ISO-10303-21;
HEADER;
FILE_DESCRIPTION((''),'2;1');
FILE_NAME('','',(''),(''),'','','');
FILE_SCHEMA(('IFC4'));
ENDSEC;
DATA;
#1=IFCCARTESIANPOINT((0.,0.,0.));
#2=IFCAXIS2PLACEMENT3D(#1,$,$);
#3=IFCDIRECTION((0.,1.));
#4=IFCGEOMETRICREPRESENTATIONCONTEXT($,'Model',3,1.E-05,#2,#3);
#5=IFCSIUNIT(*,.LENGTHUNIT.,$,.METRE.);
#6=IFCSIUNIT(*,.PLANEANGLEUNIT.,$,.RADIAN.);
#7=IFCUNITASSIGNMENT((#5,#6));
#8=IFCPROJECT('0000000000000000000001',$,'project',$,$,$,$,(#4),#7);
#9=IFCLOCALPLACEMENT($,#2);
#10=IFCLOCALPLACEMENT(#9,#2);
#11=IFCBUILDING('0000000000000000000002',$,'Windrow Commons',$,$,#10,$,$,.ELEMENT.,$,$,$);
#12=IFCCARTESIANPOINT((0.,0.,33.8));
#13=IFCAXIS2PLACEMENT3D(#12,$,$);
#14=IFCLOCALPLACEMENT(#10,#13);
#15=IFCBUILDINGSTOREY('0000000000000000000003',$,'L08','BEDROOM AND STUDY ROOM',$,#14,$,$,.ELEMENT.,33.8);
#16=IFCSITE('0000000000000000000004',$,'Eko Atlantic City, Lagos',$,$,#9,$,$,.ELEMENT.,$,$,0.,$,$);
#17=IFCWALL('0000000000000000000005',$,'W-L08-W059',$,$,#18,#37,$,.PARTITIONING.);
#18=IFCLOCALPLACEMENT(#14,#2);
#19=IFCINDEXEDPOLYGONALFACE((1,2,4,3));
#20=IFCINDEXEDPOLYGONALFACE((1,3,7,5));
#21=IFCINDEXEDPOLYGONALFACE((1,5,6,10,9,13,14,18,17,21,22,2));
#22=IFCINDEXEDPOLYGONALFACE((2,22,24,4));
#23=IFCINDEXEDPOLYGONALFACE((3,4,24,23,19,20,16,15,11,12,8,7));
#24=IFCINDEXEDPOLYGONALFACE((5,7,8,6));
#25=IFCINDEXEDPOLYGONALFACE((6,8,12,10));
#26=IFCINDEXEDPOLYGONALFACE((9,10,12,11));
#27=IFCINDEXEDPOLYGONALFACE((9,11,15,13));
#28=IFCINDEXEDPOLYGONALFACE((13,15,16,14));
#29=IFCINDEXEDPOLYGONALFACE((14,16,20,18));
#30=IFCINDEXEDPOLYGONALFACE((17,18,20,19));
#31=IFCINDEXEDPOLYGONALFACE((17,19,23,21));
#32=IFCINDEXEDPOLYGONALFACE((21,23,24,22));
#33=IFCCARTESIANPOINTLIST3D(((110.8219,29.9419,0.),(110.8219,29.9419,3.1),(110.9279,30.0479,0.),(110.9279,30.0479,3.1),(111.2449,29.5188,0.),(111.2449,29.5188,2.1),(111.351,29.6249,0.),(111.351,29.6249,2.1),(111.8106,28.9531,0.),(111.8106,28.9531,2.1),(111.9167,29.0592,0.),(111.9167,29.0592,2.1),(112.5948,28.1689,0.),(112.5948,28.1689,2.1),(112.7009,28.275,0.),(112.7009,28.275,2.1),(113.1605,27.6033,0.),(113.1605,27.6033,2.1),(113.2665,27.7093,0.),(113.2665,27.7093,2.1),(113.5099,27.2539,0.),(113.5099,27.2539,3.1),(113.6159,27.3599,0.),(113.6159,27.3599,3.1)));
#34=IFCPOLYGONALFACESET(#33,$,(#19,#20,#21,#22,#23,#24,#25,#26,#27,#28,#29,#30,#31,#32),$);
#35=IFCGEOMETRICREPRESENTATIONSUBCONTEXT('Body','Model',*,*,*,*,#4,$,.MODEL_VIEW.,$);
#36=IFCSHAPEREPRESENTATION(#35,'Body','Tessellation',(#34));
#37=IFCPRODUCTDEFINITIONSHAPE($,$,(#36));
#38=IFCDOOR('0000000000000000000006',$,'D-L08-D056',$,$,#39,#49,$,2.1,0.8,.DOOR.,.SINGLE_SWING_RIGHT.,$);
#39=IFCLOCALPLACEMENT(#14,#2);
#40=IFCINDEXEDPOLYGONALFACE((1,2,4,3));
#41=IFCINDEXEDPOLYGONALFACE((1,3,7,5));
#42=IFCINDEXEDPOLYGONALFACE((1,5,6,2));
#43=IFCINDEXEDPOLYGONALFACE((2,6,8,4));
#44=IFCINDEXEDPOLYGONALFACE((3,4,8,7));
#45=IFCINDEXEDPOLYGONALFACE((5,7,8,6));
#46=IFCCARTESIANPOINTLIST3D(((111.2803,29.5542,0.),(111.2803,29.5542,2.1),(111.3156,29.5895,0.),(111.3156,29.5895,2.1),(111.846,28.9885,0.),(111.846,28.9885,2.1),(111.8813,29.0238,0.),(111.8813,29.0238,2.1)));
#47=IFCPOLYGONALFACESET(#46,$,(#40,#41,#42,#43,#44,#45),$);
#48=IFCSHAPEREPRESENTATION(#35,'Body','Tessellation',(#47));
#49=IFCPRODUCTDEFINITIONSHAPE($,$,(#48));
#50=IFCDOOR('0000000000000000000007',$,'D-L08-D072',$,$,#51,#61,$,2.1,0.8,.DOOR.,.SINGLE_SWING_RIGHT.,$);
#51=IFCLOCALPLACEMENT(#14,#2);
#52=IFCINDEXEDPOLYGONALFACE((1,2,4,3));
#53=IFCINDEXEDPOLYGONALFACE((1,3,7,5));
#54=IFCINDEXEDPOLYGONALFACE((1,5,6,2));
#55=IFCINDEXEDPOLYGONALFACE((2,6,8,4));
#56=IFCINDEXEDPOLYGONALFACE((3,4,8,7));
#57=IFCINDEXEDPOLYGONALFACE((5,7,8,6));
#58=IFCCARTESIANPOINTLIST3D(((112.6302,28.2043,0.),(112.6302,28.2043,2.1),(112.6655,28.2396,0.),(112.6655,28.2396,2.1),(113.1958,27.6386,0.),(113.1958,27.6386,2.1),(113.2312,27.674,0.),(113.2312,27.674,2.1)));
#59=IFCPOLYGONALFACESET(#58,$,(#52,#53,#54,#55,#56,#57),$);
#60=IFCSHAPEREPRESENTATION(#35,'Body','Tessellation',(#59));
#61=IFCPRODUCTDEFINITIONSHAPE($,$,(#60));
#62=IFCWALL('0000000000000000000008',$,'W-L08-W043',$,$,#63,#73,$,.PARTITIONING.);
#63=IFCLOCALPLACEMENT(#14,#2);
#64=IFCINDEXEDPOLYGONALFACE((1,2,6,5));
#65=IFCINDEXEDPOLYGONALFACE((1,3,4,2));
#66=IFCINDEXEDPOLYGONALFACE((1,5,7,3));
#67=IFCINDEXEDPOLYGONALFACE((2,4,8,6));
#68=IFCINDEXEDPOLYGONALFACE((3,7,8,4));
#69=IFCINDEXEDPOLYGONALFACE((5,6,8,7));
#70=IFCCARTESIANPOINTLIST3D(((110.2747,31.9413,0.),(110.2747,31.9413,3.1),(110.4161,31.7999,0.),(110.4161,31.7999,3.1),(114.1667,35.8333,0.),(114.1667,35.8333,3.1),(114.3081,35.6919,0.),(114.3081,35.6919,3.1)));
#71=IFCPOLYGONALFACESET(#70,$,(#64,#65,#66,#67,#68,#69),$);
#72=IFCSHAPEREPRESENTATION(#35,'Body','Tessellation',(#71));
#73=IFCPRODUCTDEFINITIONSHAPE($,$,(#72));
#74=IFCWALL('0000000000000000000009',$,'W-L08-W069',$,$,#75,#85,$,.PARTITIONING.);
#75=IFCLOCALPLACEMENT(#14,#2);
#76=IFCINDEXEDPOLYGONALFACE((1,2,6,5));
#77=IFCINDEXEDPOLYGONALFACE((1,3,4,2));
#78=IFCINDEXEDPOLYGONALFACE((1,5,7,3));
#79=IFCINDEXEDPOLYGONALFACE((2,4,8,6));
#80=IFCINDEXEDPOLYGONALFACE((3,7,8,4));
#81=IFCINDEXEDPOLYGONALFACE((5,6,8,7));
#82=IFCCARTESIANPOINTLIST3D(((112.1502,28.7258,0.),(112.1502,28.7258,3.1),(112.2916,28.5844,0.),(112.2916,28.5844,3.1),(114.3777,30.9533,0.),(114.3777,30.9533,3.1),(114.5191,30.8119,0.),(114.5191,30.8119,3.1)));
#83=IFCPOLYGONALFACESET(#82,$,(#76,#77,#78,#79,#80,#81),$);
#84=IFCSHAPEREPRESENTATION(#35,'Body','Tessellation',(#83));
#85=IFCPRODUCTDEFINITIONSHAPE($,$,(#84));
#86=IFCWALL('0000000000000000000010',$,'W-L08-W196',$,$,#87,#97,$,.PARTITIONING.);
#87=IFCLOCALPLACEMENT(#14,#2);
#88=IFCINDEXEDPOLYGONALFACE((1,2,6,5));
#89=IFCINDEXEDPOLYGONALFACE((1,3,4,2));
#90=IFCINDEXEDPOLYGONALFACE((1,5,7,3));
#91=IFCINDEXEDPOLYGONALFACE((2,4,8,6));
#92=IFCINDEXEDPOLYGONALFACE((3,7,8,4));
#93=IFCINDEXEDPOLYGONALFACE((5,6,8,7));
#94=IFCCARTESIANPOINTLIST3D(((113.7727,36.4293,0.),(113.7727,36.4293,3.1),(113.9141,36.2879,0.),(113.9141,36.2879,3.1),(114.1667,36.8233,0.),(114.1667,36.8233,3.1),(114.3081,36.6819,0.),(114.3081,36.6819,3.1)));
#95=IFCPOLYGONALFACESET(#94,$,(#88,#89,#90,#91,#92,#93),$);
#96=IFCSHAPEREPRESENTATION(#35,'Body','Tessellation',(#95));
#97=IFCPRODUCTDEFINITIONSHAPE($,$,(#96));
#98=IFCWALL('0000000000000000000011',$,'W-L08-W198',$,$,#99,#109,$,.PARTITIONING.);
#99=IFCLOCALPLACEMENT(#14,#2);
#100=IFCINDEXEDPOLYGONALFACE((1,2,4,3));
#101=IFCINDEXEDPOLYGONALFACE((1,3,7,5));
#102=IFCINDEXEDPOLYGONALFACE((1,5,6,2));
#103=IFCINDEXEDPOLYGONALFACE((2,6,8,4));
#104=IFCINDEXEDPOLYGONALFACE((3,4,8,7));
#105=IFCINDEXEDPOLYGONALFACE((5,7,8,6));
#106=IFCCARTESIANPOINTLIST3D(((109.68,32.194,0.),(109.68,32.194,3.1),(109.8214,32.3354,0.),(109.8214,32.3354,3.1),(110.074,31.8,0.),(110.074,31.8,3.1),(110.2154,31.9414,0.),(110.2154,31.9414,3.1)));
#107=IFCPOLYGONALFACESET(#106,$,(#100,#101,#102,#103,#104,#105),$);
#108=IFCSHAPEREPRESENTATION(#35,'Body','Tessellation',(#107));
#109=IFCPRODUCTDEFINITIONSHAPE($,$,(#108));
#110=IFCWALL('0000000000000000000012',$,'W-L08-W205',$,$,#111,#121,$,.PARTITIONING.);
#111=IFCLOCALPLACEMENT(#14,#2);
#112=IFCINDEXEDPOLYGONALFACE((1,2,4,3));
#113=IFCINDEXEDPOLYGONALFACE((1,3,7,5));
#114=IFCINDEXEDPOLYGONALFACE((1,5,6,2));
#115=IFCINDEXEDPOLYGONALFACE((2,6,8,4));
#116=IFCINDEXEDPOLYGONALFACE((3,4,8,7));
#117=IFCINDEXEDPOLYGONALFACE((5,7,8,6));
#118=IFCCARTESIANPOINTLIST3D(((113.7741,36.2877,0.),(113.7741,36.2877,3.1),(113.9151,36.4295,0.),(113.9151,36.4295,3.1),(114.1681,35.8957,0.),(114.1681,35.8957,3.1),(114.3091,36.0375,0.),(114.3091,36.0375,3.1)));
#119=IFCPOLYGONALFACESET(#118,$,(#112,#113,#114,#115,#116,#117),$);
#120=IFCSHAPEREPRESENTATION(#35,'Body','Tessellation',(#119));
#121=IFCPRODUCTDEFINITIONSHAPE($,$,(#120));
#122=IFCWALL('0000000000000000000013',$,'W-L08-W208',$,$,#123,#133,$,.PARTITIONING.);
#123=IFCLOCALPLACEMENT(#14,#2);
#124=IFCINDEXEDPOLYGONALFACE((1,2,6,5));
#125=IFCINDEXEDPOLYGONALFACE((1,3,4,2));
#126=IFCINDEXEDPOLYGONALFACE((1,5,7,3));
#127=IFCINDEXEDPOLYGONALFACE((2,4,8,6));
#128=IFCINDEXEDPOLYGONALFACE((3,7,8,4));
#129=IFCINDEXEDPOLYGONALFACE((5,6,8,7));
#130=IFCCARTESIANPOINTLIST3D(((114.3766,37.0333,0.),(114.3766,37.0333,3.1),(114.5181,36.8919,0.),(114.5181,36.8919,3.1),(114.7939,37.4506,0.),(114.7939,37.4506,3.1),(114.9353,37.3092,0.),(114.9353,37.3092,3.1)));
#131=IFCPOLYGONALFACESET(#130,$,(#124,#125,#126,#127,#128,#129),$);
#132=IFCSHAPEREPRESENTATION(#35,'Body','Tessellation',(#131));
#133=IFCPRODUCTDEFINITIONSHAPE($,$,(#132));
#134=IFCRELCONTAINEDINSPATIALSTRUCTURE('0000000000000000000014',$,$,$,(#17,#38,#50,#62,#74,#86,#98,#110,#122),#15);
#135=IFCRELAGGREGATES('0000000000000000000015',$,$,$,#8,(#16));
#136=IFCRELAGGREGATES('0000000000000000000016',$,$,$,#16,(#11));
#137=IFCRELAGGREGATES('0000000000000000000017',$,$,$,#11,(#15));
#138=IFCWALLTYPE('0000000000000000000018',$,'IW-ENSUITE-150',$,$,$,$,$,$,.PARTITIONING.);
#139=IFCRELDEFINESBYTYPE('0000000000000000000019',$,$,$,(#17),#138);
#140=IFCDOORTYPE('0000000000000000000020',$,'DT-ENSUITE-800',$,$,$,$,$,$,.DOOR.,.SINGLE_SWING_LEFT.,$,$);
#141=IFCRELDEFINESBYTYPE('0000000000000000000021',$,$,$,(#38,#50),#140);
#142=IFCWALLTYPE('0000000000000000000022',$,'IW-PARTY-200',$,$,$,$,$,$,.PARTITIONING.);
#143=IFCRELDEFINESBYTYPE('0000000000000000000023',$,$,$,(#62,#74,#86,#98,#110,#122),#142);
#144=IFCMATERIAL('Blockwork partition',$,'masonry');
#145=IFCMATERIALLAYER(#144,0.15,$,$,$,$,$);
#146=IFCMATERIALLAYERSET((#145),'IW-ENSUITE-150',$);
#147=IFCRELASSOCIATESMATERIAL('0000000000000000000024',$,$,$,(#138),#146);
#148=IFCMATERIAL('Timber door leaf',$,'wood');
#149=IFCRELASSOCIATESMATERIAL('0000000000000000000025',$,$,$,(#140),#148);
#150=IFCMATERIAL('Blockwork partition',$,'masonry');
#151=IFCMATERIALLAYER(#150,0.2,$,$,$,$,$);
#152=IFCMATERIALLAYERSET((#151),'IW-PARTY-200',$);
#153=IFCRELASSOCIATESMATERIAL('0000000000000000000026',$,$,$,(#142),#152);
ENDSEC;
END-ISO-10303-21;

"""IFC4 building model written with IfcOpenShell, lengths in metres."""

from ifc_helpers import new_model, si_unit, direction, frame, frame_2d, origin, place, context, subcontext, project, spatial, rectangle, extrude, material, layer, layer_set, type_object, element, fill, save


model = new_model("IFC4")

# Units and contexts
model_context = context("Model", 3, precision=1e-05, world=origin(), true_north=direction((0.0, 1.0)))
body_context = subcontext(model_context, "Body", "Model", "MODEL_VIEW")
ifc_project = project(units=[si_unit("LENGTHUNIT", "METRE"), si_unit("PLANEANGLEUNIT", "RADIAN")], contexts=[model_context])

# Site, building, storey
site_placement = place(None, origin())
site = spatial("IfcSite", under=ifc_project, at=site_placement, Name="Eko Atlantic City, Lagos", CompositionType="ELEMENT", RefElevation=0.0)
building_placement = place(site_placement, origin())
building = spatial("IfcBuilding", under=site, at=building_placement, Name="Windrow Commons", CompositionType="ELEMENT")
storey_placement = place(building_placement, frame((0.0, 0.0, 33.8)))
storey = spatial("IfcBuildingStorey", under=building, at=storey_placement, Name="L08", Description="BEDROOM AND STUDY ROOM", CompositionType="ELEMENT", Elevation=33.8)

# Wall, openings, doors
ifc_material_1 = material(Name="Blockwork partition", Category="masonry")
ifc_layer_1 = layer(ifc_material_1, 0.15)
ifc_layer_set_1 = layer_set([ifc_layer_1], Name="IW-ENSUITE-150")
wall_type_1 = type_object("IfcWallType", Name="IW-ENSUITE-150", PredefinedType="PARTITIONING", material=ifc_layer_set_1)
wall_1_placement = place(storey_placement, frame((110.8749, 29.9949, 0.0), z_axis=(0.0, 0.0, 1.0), x_axis=(0.707107, -0.707107, 0.0)))
wall_1 = element("IfcWall", 1, at=wall_1_placement, inside=storey, type_object=wall_type_1, Name="W-L08-W059", PredefinedType="PARTITIONING", context=body_context, shape_type="SweptSolid", body=[
    extrude(rectangle(XDim=3.8014, YDim=0.15, at=frame_2d((1.9007, 0.0))), origin(), (0.0, 0.0, 1.0), 3.1),
])
opening_1_placement = place(wall_1_placement, frame((0.5983, 0.0, 0.0)))
opening_1 = element("IfcOpeningElement", 2, at=opening_1_placement, cuts=wall_1, PredefinedType="OPENING", context=body_context, shape_type="SweptSolid", body=[
    extrude(rectangle(XDim=0.8, YDim=2.1, at=frame_2d((0.4, 1.05))), frame((0.0, 0.085, 0.0), z_axis=(0.0, -1.0, 0.0), x_axis=(1.0, 0.0, 0.0)), (0.0, 0.0, 1.0), 0.17),
])
opening_2_placement = place(wall_1_placement, frame((2.5073, 0.0, 0.0)))
opening_2 = element("IfcOpeningElement", 3, at=opening_2_placement, cuts=wall_1, PredefinedType="OPENING", context=body_context, shape_type="SweptSolid", body=[
    extrude(rectangle(XDim=0.8, YDim=2.1, at=frame_2d((0.4, 1.05))), frame((0.0, 0.085, 0.0), z_axis=(0.0, -1.0, 0.0), x_axis=(1.0, 0.0, 0.0)), (0.0, 0.0, 1.0), 0.17),
])
ifc_material_2 = material(Name="Timber door leaf", Category="wood")
door_type = type_object("IfcDoorType", Name="DT-ENSUITE-800", OperationType="SINGLE_SWING_LEFT", PredefinedType="DOOR", material=ifc_material_2)
door_1_placement = place(opening_1_placement, origin())
door_1 = element("IfcDoor", 4, at=door_1_placement, inside=storey, type_object=door_type, Name="D-L08-D056", OperationType="SINGLE_SWING_RIGHT", OverallHeight=2.1, OverallWidth=0.8, PredefinedType="DOOR", context=body_context, shape_type="SweptSolid", body=[
    extrude(rectangle(XDim=0.8, YDim=2.1, at=frame_2d((0.4, 1.05))), frame((0.0, 0.025, 0.0), z_axis=(0.0, -1.0, 0.0), x_axis=(1.0, 0.0, 0.0)), (0.0, 0.0, 1.0), 0.05),
])
fill(opening_1, door_1)
door_2_placement = place(opening_2_placement, origin())
door_2 = element("IfcDoor", 5, at=door_2_placement, inside=storey, type_object=door_type, Name="D-L08-D072", OperationType="SINGLE_SWING_RIGHT", OverallHeight=2.1, OverallWidth=0.8, PredefinedType="DOOR", context=body_context, shape_type="SweptSolid", body=[
    extrude(rectangle(XDim=0.8, YDim=2.1, at=frame_2d((0.4, 1.05))), frame((0.0, 0.025, 0.0), z_axis=(0.0, -1.0, 0.0), x_axis=(1.0, 0.0, 0.0)), (0.0, 0.0, 1.0), 0.05),
])
fill(opening_2, door_2)

# Walls
ifc_material_3 = material(Name="Blockwork partition", Category="masonry")
ifc_layer_2 = layer(ifc_material_3, 0.2)
ifc_layer_set_2 = layer_set([ifc_layer_2], Name="IW-PARTY-200")
wall_type_2 = type_object("IfcWallType", Name="IW-PARTY-200", PredefinedType="PARTITIONING", material=ifc_layer_set_2)
wall_2_placement = place(storey_placement, frame((110.3454, 31.8706, 0.0), z_axis=(0.0, 0.0, 1.0), x_axis=(0.707107, 0.707107, 0.0)))
element("IfcWall", 6, at=wall_2_placement, inside=storey, type_object=wall_type_2, Name="W-L08-W043", PredefinedType="PARTITIONING", context=body_context, shape_type="SweptSolid", body=[
    extrude(rectangle(XDim=5.5041, YDim=0.2, at=frame_2d((2.7521, 0.0))), origin(), (0.0, 0.0, 1.0), 3.1),
])
wall_3_placement = place(storey_placement, frame((112.2209, 28.6551, 0.0), z_axis=(0.0, 0.0, 1.0), x_axis=(0.707107, 0.707107, 0.0)))
element("IfcWall", 7, at=wall_3_placement, inside=storey, type_object=wall_type_2, Name="W-L08-W069", PredefinedType="PARTITIONING", context=body_context, shape_type="SweptSolid", body=[
    extrude(rectangle(XDim=3.1502, YDim=0.2, at=frame_2d((1.5751, 0.0))), origin(), (0.0, 0.0, 1.0), 3.1),
])
for number, where, z_axis, x_axis, name in (
    (8, (113.8434, 36.3586, 0.0), (0.0, 0.0, 1.0), (0.707107, 0.707107, 0.0), "W-L08-W196"),
    (9, (109.7507, 32.2647, 0.0), (0.0, 0.0, 1.0), (0.707107, -0.707107, 0.0), "W-L08-W198"),
):
    element("IfcWall", number, at=place(storey_placement, frame(where, z_axis=z_axis, x_axis=x_axis)), inside=storey, type_object=wall_type_2, Name=name, PredefinedType="PARTITIONING", context=body_context, shape_type="SweptSolid", body=[
        extrude(rectangle(XDim=0.5572, YDim=0.2, at=frame_2d((0.2786, 0.0))), origin(), (0.0, 0.0, 1.0), 3.1),
    ])
wall_4_placement = place(storey_placement, frame((113.8446, 36.3586, 0.0), z_axis=(0.0, 0.0, 1.0), x_axis=(0.708904, -0.705305, 0.0)))
element("IfcWall", 10, at=wall_4_placement, inside=storey, type_object=wall_type_2, Name="W-L08-W205", PredefinedType="PARTITIONING", context=body_context, shape_type="SweptSolid", body=[
    extrude(rectangle(XDim=0.5558, YDim=0.2, at=frame_2d((0.2779, 0.0))), origin(), (0.0, 0.0, 1.0), 3.1),
])
wall_5_placement = place(storey_placement, frame((114.4474, 36.9626, 0.0), z_axis=(0.0, 0.0, 1.0), x_axis=(0.707022, 0.707192, 0.0)))
element("IfcWall", 11, at=wall_5_placement, inside=storey, type_object=wall_type_2, Name="W-L08-W208", PredefinedType="PARTITIONING", context=body_context, shape_type="SweptSolid", body=[
    extrude(rectangle(XDim=0.5901, YDim=0.2, at=frame_2d((0.295, 0.0))), origin(), (0.0, 0.0, 1.0), 3.1),
])

save(model, "model.ifc")
